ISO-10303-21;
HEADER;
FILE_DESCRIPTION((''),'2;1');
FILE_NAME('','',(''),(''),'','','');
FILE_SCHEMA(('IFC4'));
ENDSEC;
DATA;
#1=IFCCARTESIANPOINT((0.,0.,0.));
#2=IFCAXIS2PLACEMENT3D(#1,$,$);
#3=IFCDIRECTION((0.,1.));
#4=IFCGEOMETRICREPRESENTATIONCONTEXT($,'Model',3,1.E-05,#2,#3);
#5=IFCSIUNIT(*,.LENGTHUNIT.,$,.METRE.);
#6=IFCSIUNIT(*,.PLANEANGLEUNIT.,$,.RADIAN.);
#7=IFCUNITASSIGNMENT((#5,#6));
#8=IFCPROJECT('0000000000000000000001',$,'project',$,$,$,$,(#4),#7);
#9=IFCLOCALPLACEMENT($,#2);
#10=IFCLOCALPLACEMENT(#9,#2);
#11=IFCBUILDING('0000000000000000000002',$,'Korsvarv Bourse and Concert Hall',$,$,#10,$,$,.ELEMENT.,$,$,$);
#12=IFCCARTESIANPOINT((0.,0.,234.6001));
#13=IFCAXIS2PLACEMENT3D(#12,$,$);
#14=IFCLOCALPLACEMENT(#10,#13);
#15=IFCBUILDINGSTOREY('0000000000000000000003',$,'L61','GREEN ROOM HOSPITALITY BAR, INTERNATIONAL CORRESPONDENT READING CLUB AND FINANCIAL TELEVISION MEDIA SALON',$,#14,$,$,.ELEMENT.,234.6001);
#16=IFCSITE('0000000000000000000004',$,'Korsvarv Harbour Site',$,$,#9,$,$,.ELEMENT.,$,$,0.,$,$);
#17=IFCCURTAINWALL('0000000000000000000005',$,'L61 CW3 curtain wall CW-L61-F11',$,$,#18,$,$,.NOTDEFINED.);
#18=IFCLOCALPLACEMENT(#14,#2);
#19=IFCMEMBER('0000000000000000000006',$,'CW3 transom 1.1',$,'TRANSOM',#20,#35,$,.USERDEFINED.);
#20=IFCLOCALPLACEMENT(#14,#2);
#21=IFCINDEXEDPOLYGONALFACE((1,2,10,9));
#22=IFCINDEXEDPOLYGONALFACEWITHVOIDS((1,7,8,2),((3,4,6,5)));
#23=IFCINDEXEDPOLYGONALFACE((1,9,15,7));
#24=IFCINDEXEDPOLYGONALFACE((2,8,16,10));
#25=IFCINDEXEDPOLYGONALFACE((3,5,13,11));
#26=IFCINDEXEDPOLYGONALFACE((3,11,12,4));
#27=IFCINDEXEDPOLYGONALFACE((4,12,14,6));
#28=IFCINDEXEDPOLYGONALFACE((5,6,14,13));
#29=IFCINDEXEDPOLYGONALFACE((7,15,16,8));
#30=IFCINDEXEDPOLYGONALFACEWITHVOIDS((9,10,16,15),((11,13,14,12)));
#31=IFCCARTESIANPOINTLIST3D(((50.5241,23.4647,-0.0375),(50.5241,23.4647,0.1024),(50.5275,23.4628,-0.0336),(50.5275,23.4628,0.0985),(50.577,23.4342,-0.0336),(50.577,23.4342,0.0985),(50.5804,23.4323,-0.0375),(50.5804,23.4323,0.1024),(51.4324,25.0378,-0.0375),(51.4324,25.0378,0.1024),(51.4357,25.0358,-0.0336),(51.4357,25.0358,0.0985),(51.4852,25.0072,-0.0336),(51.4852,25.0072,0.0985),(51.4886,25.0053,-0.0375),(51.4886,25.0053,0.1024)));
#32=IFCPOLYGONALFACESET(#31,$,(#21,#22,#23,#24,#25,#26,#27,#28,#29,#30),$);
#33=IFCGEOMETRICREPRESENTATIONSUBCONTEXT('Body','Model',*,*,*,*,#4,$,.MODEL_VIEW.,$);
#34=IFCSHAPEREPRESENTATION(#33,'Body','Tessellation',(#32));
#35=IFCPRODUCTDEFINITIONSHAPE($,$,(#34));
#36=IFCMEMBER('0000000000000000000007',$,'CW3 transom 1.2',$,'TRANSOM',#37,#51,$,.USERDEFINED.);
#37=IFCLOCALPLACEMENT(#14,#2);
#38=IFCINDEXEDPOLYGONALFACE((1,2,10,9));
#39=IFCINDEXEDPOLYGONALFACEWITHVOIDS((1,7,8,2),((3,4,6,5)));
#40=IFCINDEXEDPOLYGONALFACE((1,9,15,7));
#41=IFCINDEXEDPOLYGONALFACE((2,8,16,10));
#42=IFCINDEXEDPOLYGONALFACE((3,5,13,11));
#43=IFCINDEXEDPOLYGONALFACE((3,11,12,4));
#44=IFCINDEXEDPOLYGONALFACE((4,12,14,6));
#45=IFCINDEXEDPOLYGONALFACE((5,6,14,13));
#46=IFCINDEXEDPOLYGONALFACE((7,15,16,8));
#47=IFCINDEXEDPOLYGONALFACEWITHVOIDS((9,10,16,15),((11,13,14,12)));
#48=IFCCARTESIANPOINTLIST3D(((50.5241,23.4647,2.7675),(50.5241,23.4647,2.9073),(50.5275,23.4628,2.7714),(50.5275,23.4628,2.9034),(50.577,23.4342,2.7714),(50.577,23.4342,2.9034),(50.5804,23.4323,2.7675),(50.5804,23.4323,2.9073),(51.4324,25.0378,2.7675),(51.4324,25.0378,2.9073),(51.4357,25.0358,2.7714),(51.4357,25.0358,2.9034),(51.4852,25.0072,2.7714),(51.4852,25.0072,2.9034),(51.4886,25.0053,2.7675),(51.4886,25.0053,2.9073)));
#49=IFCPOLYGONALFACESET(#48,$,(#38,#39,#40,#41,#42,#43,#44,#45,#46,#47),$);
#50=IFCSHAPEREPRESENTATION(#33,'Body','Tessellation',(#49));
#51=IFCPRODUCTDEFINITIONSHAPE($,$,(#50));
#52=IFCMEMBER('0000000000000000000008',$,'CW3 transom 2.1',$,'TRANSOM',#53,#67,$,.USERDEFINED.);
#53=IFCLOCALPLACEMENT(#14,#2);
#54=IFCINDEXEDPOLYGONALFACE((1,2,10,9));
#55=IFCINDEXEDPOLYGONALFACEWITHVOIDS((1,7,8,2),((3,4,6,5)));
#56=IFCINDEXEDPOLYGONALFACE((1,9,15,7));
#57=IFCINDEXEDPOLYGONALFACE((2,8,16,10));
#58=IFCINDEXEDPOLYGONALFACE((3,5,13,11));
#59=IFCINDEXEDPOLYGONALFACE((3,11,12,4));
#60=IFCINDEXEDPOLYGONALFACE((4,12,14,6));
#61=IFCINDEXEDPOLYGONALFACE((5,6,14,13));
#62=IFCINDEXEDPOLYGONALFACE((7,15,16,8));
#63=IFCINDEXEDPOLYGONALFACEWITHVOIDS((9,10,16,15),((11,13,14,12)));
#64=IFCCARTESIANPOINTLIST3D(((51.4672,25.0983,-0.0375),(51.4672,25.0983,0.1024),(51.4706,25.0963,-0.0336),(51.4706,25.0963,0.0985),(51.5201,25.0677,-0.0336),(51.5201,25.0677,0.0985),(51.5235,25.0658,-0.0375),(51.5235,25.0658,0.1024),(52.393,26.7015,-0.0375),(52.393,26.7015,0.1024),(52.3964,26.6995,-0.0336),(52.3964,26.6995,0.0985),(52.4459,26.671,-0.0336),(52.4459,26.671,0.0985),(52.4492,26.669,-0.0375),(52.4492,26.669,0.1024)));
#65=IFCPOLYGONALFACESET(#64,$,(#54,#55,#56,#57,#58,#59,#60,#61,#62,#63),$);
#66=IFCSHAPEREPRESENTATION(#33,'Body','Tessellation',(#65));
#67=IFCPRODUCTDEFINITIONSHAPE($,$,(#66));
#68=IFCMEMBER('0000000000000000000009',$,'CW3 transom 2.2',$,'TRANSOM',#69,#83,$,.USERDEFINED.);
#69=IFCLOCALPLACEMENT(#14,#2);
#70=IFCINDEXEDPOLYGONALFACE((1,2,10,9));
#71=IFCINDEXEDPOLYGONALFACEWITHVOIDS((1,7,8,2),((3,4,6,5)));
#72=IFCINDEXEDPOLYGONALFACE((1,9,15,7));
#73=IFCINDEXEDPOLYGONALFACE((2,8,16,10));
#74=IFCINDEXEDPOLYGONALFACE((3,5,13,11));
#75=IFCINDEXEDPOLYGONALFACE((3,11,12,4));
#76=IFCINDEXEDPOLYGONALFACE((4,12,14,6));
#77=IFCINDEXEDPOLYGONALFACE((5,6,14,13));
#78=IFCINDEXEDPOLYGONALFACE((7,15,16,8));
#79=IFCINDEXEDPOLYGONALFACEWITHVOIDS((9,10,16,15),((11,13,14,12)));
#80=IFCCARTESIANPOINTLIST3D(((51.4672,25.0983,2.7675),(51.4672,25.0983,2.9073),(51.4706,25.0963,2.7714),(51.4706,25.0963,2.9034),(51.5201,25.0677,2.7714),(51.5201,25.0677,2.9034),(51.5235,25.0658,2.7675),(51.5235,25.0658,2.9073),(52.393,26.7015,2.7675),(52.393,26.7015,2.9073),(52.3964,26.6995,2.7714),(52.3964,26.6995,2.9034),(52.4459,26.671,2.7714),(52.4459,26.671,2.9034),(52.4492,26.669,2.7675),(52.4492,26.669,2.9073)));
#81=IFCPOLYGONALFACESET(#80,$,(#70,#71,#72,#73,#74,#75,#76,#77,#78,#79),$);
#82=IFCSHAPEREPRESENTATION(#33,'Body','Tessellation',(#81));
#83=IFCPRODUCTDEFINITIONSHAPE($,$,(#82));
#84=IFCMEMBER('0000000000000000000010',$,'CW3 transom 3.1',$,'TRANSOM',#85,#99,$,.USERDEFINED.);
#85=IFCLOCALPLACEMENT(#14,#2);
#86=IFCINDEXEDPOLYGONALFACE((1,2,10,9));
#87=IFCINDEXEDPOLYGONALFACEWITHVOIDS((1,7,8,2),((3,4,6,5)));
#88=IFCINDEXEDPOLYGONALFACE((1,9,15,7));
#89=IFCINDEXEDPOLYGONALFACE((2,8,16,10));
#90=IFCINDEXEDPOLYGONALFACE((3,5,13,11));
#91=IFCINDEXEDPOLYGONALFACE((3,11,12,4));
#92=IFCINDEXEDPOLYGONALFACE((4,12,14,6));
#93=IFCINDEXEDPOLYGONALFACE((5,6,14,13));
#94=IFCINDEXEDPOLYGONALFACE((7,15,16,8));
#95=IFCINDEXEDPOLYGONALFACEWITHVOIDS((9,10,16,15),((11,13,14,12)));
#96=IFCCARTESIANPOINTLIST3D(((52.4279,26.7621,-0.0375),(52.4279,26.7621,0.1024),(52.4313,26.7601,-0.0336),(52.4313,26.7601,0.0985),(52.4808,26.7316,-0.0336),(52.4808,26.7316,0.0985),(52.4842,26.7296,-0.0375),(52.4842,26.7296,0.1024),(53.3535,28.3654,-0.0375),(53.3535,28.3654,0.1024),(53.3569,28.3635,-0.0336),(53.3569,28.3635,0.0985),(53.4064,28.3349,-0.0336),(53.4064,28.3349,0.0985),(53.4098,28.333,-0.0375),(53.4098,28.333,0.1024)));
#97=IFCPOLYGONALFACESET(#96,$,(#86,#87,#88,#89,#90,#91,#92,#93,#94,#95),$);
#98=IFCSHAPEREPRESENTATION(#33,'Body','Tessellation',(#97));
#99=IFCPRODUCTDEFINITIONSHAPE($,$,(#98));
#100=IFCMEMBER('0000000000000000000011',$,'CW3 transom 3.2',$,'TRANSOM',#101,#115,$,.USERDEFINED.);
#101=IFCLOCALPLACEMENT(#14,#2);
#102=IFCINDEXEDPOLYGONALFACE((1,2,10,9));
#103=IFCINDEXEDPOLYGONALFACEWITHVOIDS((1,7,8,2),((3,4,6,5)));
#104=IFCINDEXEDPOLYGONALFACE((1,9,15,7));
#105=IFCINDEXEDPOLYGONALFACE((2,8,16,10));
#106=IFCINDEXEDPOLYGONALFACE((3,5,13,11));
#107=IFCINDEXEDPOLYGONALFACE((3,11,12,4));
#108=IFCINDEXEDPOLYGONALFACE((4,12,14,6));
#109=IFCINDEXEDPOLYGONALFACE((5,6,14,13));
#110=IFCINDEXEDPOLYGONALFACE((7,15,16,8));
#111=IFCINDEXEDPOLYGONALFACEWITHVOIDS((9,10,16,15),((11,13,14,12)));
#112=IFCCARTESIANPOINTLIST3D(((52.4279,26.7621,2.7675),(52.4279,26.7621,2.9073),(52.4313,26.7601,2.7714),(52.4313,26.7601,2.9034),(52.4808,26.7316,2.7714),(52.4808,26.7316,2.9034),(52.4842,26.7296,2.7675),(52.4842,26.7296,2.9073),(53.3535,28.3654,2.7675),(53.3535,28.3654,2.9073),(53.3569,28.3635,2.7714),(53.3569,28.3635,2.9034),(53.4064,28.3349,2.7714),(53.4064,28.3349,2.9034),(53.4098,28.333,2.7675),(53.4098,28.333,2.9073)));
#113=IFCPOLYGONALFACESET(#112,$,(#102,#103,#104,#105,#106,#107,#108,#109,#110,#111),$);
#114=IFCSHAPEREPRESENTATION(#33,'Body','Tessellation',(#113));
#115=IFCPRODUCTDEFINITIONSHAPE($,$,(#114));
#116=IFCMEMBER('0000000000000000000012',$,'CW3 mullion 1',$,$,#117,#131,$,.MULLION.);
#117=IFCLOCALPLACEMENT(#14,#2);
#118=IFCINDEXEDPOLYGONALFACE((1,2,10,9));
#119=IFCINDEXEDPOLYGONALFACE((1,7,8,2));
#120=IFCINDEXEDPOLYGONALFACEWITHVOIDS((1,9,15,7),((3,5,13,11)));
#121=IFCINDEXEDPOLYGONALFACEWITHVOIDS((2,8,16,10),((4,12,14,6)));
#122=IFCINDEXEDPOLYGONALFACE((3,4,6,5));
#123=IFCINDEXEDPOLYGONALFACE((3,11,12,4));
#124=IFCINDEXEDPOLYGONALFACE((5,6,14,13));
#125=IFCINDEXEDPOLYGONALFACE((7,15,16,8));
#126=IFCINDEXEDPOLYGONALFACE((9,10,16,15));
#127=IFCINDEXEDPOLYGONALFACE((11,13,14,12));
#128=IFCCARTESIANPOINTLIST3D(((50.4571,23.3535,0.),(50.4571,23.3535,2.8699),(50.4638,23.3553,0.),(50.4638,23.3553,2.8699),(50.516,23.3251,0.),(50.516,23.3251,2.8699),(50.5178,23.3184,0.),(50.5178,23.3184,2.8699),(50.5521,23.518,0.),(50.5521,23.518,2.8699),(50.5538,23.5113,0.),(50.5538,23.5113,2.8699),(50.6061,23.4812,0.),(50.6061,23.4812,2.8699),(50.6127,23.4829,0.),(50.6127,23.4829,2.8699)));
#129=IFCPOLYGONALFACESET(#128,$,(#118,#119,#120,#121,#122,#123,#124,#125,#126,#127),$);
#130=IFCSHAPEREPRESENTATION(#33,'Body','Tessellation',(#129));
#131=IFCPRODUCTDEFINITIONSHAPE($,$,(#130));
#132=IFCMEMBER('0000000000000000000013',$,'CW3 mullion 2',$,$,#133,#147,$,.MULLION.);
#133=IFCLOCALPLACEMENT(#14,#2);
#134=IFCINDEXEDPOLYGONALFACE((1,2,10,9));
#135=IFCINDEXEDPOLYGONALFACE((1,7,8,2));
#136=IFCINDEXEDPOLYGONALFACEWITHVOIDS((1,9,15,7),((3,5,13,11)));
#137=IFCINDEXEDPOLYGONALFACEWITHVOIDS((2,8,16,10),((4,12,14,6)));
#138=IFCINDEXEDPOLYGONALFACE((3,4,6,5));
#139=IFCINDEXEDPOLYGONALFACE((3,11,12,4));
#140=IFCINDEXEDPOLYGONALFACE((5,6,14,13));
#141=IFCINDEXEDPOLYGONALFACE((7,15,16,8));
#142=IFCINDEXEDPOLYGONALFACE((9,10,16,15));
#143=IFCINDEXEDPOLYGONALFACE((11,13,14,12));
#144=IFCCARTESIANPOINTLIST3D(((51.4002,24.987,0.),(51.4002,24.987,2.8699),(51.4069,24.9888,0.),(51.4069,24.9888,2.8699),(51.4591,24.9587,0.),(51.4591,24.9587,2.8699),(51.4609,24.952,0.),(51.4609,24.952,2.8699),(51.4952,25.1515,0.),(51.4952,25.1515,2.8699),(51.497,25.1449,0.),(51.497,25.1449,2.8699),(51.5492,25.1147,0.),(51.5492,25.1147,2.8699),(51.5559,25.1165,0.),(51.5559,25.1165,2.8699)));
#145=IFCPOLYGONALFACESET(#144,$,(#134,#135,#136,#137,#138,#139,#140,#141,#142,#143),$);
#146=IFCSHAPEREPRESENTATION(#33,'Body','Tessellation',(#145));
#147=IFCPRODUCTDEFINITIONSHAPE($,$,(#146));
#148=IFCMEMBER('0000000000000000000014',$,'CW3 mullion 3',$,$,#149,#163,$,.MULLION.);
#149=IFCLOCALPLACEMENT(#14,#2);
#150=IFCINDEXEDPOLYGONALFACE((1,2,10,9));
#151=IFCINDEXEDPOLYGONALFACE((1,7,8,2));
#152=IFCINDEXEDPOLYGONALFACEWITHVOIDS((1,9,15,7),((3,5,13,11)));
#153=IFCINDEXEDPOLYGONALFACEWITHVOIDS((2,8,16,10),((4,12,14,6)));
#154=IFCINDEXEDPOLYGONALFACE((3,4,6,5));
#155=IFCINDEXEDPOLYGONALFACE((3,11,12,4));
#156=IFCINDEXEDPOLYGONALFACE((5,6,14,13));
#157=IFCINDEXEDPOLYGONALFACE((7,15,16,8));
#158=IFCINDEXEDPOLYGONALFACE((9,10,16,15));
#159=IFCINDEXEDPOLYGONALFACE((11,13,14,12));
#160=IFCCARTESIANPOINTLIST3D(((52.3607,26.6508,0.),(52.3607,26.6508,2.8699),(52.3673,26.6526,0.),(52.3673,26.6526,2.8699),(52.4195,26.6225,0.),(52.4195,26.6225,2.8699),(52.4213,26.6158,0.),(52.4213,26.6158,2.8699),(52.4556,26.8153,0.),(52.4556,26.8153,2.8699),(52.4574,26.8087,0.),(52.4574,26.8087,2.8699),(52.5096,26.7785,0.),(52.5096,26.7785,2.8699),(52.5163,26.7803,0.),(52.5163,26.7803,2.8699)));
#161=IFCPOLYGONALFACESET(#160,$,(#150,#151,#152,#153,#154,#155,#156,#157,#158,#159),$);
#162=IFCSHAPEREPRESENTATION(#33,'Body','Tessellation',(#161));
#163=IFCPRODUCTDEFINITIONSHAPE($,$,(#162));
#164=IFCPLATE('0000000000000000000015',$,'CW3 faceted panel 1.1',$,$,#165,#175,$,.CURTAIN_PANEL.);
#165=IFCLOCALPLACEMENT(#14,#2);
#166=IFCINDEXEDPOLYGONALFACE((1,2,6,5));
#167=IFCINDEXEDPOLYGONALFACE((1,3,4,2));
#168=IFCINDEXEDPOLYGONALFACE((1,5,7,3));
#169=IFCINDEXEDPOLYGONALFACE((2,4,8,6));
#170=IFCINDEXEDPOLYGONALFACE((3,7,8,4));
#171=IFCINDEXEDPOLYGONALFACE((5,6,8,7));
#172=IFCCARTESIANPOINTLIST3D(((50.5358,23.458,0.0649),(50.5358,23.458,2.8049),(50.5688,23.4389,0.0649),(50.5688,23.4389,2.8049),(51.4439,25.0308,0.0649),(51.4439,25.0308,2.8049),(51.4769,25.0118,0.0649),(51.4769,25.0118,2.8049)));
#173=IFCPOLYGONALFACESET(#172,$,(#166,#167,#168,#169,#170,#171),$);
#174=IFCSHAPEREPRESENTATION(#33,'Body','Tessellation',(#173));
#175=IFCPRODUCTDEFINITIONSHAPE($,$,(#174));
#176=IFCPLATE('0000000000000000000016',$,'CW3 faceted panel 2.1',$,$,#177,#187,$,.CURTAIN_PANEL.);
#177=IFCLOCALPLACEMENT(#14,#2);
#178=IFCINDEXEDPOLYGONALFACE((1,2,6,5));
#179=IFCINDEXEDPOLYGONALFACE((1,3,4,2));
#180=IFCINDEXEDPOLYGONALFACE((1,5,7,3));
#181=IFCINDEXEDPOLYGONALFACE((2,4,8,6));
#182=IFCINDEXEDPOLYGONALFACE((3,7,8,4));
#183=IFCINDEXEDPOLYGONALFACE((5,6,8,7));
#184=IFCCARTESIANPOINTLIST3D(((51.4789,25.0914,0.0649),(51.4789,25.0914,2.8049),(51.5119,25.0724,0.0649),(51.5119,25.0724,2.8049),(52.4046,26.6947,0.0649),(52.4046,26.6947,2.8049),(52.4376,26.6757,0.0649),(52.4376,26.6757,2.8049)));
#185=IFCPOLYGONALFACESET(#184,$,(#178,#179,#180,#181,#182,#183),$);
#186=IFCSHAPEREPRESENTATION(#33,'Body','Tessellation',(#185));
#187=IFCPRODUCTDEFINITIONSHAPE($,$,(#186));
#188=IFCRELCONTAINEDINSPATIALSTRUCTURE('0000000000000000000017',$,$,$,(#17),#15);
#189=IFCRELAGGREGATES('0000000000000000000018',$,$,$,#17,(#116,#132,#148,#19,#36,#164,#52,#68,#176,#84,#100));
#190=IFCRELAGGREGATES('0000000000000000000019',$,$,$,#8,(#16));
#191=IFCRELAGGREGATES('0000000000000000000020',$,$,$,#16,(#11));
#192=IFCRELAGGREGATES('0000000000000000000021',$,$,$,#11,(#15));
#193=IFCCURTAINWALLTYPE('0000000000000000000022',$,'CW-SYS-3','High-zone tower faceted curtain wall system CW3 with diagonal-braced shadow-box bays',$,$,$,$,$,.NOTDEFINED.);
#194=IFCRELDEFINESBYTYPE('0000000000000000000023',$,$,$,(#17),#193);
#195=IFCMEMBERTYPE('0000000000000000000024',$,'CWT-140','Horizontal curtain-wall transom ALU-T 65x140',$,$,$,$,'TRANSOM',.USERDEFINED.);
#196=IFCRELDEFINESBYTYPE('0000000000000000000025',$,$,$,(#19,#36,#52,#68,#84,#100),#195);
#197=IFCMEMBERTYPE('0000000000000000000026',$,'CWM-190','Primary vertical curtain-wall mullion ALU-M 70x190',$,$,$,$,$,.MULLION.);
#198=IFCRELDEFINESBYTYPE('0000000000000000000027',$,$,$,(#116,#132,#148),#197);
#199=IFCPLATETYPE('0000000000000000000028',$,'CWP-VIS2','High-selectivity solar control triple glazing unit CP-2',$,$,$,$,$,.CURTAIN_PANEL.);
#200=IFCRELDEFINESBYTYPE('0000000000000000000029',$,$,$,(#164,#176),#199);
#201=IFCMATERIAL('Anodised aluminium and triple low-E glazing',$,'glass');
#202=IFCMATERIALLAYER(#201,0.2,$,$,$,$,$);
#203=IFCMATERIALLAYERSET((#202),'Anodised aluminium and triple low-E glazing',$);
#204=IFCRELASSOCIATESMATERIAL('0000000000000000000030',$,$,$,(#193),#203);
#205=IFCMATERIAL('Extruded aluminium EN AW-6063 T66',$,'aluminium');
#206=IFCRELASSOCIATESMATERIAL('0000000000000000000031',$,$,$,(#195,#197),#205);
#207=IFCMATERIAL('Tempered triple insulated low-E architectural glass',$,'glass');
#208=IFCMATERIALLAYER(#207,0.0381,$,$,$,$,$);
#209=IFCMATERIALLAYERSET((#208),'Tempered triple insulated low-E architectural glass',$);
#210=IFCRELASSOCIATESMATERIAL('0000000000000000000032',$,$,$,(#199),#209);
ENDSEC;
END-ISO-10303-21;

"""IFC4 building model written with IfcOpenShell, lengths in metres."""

from ifc_helpers import new_model, si_unit, direction, frame, origin, origin_2d, place, context, subcontext, project, spatial, rectangle, hollow_rectangle, extrude, source, transform, mapped, material, layer, layer_set, material_profile, profile_set, type_object, element, aggregate, save


model = new_model("IFC4")

# Units and contexts
model_context = context("Model", 3, precision=1e-05, world=origin(), true_north=direction((0.0, 1.0)))
body_context = subcontext(model_context, "Body", "Model", "MODEL_VIEW")
ifc_project = project(units=[si_unit("LENGTHUNIT", "METRE"), si_unit("PLANEANGLEUNIT", "RADIAN")], contexts=[model_context])

# Site, building, storey
site_placement = place(None, origin())
site = spatial("IfcSite", under=ifc_project, at=site_placement, Name="Korsvarv Harbour Site", CompositionType="ELEMENT", RefElevation=0.0)
building_placement = place(site_placement, origin())
building = spatial("IfcBuilding", under=site, at=building_placement, Name="Korsvarv Bourse and Concert Hall", CompositionType="ELEMENT")
storey_placement = place(building_placement, frame((0.0, 0.0, 234.6001)))
storey = spatial("IfcBuildingStorey", under=building, at=storey_placement, Name="L61", Description="GREEN ROOM HOSPITALITY BAR, INTERNATIONAL CORRESPONDENT READING CLUB AND FINANCIAL TELEVISION MEDIA SALON", CompositionType="ELEMENT", Elevation=234.6001)

# Curtain wall, members, plates
ifc_material_1 = material(Name="Anodised aluminium and triple low-E glazing", Category="glass")
ifc_layer_1 = layer(ifc_material_1, 0.2)
ifc_layer_set_1 = layer_set([ifc_layer_1], Name="Anodised aluminium and triple low-E glazing")
curtain_wall_type = type_object("IfcCurtainWallType", Name="CW-SYS-3", Description="High-zone tower faceted curtain wall system CW3 with diagonal-braced shadow-box bays", PredefinedType="NOTDEFINED", material=ifc_layer_set_1)
curtain_wall_placement = place(storey_placement, origin())
curtain_wall = element("IfcCurtainWall", 1, at=curtain_wall_placement, inside=storey, type_object=curtain_wall_type, Name="L61 CW3 curtain wall CW-L61-F11", PredefinedType="NOTDEFINED")
ifc_material_2 = material(Name="Extruded aluminium EN AW-6063 T66", Category="aluminium")
ifc_material_profile_1 = material_profile(ifc_material_2, hollow_rectangle(XDim=0.0649, YDim=0.1399, WallThickness=0.0039, at=origin_2d()), Name="ALU-T 65x140")
ifc_profile_set_1 = profile_set([ifc_material_profile_1], Name="Extruded aluminium EN AW-6063 T66")
member_type_1 = type_object("IfcMemberType", Name="CWT-140", Description="Horizontal curtain-wall transom ALU-T 65x140", ElementType="TRANSOM", PredefinedType="USERDEFINED", material=ifc_profile_set_1)
shared_shape_1 = source(origin(), body_context, "Body", "SweptSolid", [
    extrude(hollow_rectangle(XDim=0.0649, YDim=0.1399, WallThickness=0.0039, at=origin_2d()), origin(), (0.0, 0.0, 1.0), 1.8164),
])
member_1_placement = place(storey_placement, frame((50.5522, 23.4485, 0.0325), z_axis=(0.500013, 0.866018, 0.0), x_axis=(-0.866018, 0.500013, 0.0)))
member_1 = element("IfcMember", 2, at=member_1_placement, type_object=member_type_1, Name="CW3 transom 1.1", ObjectType="TRANSOM", PredefinedType="USERDEFINED", context=body_context, shape_type="MappedRepresentation", body=[
    mapped(shared_shape_1, transform((0.0, 0.0, 0.0), scale=1.0)),
])
member_2_placement = place(storey_placement, frame((50.5522, 23.4485, 2.8374), z_axis=(0.500013, 0.866018, 0.0), x_axis=(-0.866018, 0.500013, 0.0)))
member_2 = element("IfcMember", 3, at=member_2_placement, type_object=member_type_1, Name="CW3 transom 1.2", ObjectType="TRANSOM", PredefinedType="USERDEFINED", context=body_context, shape_type="MappedRepresentation", body=[
    mapped(shared_shape_1, transform((0.0, 0.0, 0.0), scale=1.0)),
])
shared_shape_2 = source(origin(), body_context, "Body", "SweptSolid", [
    extrude(hollow_rectangle(XDim=0.0649, YDim=0.1399, WallThickness=0.0039, at=origin_2d()), origin(), (0.0, 0.0, 1.0), 1.8513),
])
member_3_placement = place(storey_placement, frame((51.4954, 25.082, 0.0325), z_axis=(0.500053, 0.865995, 0.0), x_axis=(-0.865995, 0.500053, 0.0)))
member_3 = element("IfcMember", 4, at=member_3_placement, type_object=member_type_1, Name="CW3 transom 2.1", ObjectType="TRANSOM", PredefinedType="USERDEFINED", context=body_context, shape_type="MappedRepresentation", body=[
    mapped(shared_shape_2, transform((0.0, 0.0, 0.0), scale=1.0)),
])
member_4_placement = place(storey_placement, frame((51.4954, 25.082, 2.8374), z_axis=(0.500053, 0.865995, 0.0), x_axis=(-0.865995, 0.500053, 0.0)))
member_4 = element("IfcMember", 5, at=member_4_placement, type_object=member_type_1, Name="CW3 transom 2.2", ObjectType="TRANSOM", PredefinedType="USERDEFINED", context=body_context, shape_type="MappedRepresentation", body=[
    mapped(shared_shape_2, transform((0.0, 0.0, 0.0), scale=1.0)),
])
member_5_placement = place(storey_placement, frame((52.4561, 26.7458, 0.0325), z_axis=(0.499955, 0.866052, 0.0), x_axis=(-0.866052, 0.499955, 0.0)))
member_5 = element("IfcMember", 6, at=member_5_placement, type_object=member_type_1, Name="CW3 transom 3.1", ObjectType="TRANSOM", PredefinedType="USERDEFINED", context=body_context, shape_type="MappedRepresentation", body=[
    mapped(shared_shape_2, transform((0.0, 0.0, 0.0), scale=1.0)),
])
member_6_placement = place(storey_placement, frame((52.4561, 26.7458, 2.8374), z_axis=(0.499955, 0.866052, 0.0), x_axis=(-0.866052, 0.499955, 0.0)))
member_6 = element("IfcMember", 7, at=member_6_placement, type_object=member_type_1, Name="CW3 transom 3.2", ObjectType="TRANSOM", PredefinedType="USERDEFINED", context=body_context, shape_type="MappedRepresentation", body=[
    mapped(shared_shape_2, transform((0.0, 0.0, 0.0), scale=1.0)),
])
ifc_material_profile_2 = material_profile(ifc_material_2, hollow_rectangle(XDim=0.0701, YDim=0.1899, WallThickness=0.0049, at=origin_2d()), Name="ALU-M 70x190")
ifc_profile_set_2 = profile_set([ifc_material_profile_2], Name="Extruded aluminium EN AW-6063 T66")
member_type_2 = type_object("IfcMemberType", Name="CWM-190", Description="Primary vertical curtain-wall mullion ALU-M 70x190", PredefinedType="MULLION", material=ifc_profile_set_2)
shared_shape_3 = source(origin(), body_context, "Body", "SweptSolid", [
    extrude(hollow_rectangle(XDim=0.0701, YDim=0.1899, WallThickness=0.0049, at=origin_2d()), origin(), (0.0, 0.0, 1.0), 2.8699),
])
member_7_placement = place(storey_placement, frame((50.5349, 23.4182, 0.0), z_axis=(0.0, 0.0, 1.0), x_axis=(-0.866028, 0.499996, 0.0)))
member_7 = element("IfcMember", 8, at=member_7_placement, type_object=member_type_2, Name="CW3 mullion 1", PredefinedType="MULLION", context=body_context, shape_type="MappedRepresentation", body=[
    mapped(shared_shape_3, transform((0.0, 0.0, 0.0), scale=1.0)),
])
member_8_placement = place(storey_placement, frame((51.478, 25.0518, 0.0), z_axis=(0.0, 0.0, 1.0), x_axis=(-0.866028, 0.499996, 0.0)))
member_8 = element("IfcMember", 9, at=member_8_placement, type_object=member_type_2, Name="CW3 mullion 2", PredefinedType="MULLION", context=body_context, shape_type="MappedRepresentation", body=[
    mapped(shared_shape_3, transform((0.0, 0.0, 0.0), scale=1.0)),
])
member_9_placement = place(storey_placement, frame((52.4385, 26.7156, 0.0), z_axis=(0.0, 0.0, 1.0), x_axis=(-0.866028, 0.499996, 0.0)))
member_9 = element("IfcMember", 10, at=member_9_placement, type_object=member_type_2, Name="CW3 mullion 3", PredefinedType="MULLION", context=body_context, shape_type="MappedRepresentation", body=[
    mapped(shared_shape_3, transform((0.0, 0.0, 0.0), scale=1.0)),
])
ifc_material_3 = material(Name="Tempered triple insulated low-E architectural glass", Category="glass")
ifc_layer_2 = layer(ifc_material_3, 0.0381)
ifc_layer_set_2 = layer_set([ifc_layer_2], Name="Tempered triple insulated low-E architectural glass")
plate_type = type_object("IfcPlateType", Name="CWP-VIS2", Description="High-selectivity solar control triple glazing unit CP-2", PredefinedType="CURTAIN_PANEL", material=ifc_layer_set_2)
shared_shape_4 = source(origin(), body_context, "Body", "SweptSolid", [
    extrude(rectangle(XDim=1.8162, YDim=0.0381, at=origin_2d()), origin(), (0.0, 0.0, 1.0), 2.74),
])
plate_1_placement = place(storey_placement, frame((51.0063, 24.2349, 0.0649), z_axis=(0.0, 0.0, 1.0), x_axis=(0.499996, 0.866028, 0.0)))
plate_1 = element("IfcPlate", 11, at=plate_1_placement, type_object=plate_type, Name="CW3 faceted panel 1.1", PredefinedType="CURTAIN_PANEL", context=body_context, shape_type="MappedRepresentation", body=[
    mapped(shared_shape_4, transform((0.0, 0.0, 0.0), scale=1.0)),
])
shared_shape_5 = source(origin(), body_context, "Body", "SweptSolid", [
    extrude(rectangle(XDim=1.8513, YDim=0.0381, at=origin_2d()), origin(), (0.0, 0.0, 1.0), 2.74),
])
plate_2_placement = place(storey_placement, frame((51.9583, 25.8835, 0.0649), z_axis=(0.0, 0.0, 1.0), x_axis=(0.499996, 0.866028, 0.0)))
plate_2 = element("IfcPlate", 12, at=plate_2_placement, type_object=plate_type, Name="CW3 faceted panel 2.1", PredefinedType="CURTAIN_PANEL", context=body_context, shape_type="MappedRepresentation", body=[
    mapped(shared_shape_5, transform((0.0, 0.0, 0.0), scale=1.0)),
])
aggregate(curtain_wall, [member_7, member_8, member_9, member_1, member_2, plate_1, member_3, member_4, plate_2, member_5, member_6])

save(model, "model.ifc")
